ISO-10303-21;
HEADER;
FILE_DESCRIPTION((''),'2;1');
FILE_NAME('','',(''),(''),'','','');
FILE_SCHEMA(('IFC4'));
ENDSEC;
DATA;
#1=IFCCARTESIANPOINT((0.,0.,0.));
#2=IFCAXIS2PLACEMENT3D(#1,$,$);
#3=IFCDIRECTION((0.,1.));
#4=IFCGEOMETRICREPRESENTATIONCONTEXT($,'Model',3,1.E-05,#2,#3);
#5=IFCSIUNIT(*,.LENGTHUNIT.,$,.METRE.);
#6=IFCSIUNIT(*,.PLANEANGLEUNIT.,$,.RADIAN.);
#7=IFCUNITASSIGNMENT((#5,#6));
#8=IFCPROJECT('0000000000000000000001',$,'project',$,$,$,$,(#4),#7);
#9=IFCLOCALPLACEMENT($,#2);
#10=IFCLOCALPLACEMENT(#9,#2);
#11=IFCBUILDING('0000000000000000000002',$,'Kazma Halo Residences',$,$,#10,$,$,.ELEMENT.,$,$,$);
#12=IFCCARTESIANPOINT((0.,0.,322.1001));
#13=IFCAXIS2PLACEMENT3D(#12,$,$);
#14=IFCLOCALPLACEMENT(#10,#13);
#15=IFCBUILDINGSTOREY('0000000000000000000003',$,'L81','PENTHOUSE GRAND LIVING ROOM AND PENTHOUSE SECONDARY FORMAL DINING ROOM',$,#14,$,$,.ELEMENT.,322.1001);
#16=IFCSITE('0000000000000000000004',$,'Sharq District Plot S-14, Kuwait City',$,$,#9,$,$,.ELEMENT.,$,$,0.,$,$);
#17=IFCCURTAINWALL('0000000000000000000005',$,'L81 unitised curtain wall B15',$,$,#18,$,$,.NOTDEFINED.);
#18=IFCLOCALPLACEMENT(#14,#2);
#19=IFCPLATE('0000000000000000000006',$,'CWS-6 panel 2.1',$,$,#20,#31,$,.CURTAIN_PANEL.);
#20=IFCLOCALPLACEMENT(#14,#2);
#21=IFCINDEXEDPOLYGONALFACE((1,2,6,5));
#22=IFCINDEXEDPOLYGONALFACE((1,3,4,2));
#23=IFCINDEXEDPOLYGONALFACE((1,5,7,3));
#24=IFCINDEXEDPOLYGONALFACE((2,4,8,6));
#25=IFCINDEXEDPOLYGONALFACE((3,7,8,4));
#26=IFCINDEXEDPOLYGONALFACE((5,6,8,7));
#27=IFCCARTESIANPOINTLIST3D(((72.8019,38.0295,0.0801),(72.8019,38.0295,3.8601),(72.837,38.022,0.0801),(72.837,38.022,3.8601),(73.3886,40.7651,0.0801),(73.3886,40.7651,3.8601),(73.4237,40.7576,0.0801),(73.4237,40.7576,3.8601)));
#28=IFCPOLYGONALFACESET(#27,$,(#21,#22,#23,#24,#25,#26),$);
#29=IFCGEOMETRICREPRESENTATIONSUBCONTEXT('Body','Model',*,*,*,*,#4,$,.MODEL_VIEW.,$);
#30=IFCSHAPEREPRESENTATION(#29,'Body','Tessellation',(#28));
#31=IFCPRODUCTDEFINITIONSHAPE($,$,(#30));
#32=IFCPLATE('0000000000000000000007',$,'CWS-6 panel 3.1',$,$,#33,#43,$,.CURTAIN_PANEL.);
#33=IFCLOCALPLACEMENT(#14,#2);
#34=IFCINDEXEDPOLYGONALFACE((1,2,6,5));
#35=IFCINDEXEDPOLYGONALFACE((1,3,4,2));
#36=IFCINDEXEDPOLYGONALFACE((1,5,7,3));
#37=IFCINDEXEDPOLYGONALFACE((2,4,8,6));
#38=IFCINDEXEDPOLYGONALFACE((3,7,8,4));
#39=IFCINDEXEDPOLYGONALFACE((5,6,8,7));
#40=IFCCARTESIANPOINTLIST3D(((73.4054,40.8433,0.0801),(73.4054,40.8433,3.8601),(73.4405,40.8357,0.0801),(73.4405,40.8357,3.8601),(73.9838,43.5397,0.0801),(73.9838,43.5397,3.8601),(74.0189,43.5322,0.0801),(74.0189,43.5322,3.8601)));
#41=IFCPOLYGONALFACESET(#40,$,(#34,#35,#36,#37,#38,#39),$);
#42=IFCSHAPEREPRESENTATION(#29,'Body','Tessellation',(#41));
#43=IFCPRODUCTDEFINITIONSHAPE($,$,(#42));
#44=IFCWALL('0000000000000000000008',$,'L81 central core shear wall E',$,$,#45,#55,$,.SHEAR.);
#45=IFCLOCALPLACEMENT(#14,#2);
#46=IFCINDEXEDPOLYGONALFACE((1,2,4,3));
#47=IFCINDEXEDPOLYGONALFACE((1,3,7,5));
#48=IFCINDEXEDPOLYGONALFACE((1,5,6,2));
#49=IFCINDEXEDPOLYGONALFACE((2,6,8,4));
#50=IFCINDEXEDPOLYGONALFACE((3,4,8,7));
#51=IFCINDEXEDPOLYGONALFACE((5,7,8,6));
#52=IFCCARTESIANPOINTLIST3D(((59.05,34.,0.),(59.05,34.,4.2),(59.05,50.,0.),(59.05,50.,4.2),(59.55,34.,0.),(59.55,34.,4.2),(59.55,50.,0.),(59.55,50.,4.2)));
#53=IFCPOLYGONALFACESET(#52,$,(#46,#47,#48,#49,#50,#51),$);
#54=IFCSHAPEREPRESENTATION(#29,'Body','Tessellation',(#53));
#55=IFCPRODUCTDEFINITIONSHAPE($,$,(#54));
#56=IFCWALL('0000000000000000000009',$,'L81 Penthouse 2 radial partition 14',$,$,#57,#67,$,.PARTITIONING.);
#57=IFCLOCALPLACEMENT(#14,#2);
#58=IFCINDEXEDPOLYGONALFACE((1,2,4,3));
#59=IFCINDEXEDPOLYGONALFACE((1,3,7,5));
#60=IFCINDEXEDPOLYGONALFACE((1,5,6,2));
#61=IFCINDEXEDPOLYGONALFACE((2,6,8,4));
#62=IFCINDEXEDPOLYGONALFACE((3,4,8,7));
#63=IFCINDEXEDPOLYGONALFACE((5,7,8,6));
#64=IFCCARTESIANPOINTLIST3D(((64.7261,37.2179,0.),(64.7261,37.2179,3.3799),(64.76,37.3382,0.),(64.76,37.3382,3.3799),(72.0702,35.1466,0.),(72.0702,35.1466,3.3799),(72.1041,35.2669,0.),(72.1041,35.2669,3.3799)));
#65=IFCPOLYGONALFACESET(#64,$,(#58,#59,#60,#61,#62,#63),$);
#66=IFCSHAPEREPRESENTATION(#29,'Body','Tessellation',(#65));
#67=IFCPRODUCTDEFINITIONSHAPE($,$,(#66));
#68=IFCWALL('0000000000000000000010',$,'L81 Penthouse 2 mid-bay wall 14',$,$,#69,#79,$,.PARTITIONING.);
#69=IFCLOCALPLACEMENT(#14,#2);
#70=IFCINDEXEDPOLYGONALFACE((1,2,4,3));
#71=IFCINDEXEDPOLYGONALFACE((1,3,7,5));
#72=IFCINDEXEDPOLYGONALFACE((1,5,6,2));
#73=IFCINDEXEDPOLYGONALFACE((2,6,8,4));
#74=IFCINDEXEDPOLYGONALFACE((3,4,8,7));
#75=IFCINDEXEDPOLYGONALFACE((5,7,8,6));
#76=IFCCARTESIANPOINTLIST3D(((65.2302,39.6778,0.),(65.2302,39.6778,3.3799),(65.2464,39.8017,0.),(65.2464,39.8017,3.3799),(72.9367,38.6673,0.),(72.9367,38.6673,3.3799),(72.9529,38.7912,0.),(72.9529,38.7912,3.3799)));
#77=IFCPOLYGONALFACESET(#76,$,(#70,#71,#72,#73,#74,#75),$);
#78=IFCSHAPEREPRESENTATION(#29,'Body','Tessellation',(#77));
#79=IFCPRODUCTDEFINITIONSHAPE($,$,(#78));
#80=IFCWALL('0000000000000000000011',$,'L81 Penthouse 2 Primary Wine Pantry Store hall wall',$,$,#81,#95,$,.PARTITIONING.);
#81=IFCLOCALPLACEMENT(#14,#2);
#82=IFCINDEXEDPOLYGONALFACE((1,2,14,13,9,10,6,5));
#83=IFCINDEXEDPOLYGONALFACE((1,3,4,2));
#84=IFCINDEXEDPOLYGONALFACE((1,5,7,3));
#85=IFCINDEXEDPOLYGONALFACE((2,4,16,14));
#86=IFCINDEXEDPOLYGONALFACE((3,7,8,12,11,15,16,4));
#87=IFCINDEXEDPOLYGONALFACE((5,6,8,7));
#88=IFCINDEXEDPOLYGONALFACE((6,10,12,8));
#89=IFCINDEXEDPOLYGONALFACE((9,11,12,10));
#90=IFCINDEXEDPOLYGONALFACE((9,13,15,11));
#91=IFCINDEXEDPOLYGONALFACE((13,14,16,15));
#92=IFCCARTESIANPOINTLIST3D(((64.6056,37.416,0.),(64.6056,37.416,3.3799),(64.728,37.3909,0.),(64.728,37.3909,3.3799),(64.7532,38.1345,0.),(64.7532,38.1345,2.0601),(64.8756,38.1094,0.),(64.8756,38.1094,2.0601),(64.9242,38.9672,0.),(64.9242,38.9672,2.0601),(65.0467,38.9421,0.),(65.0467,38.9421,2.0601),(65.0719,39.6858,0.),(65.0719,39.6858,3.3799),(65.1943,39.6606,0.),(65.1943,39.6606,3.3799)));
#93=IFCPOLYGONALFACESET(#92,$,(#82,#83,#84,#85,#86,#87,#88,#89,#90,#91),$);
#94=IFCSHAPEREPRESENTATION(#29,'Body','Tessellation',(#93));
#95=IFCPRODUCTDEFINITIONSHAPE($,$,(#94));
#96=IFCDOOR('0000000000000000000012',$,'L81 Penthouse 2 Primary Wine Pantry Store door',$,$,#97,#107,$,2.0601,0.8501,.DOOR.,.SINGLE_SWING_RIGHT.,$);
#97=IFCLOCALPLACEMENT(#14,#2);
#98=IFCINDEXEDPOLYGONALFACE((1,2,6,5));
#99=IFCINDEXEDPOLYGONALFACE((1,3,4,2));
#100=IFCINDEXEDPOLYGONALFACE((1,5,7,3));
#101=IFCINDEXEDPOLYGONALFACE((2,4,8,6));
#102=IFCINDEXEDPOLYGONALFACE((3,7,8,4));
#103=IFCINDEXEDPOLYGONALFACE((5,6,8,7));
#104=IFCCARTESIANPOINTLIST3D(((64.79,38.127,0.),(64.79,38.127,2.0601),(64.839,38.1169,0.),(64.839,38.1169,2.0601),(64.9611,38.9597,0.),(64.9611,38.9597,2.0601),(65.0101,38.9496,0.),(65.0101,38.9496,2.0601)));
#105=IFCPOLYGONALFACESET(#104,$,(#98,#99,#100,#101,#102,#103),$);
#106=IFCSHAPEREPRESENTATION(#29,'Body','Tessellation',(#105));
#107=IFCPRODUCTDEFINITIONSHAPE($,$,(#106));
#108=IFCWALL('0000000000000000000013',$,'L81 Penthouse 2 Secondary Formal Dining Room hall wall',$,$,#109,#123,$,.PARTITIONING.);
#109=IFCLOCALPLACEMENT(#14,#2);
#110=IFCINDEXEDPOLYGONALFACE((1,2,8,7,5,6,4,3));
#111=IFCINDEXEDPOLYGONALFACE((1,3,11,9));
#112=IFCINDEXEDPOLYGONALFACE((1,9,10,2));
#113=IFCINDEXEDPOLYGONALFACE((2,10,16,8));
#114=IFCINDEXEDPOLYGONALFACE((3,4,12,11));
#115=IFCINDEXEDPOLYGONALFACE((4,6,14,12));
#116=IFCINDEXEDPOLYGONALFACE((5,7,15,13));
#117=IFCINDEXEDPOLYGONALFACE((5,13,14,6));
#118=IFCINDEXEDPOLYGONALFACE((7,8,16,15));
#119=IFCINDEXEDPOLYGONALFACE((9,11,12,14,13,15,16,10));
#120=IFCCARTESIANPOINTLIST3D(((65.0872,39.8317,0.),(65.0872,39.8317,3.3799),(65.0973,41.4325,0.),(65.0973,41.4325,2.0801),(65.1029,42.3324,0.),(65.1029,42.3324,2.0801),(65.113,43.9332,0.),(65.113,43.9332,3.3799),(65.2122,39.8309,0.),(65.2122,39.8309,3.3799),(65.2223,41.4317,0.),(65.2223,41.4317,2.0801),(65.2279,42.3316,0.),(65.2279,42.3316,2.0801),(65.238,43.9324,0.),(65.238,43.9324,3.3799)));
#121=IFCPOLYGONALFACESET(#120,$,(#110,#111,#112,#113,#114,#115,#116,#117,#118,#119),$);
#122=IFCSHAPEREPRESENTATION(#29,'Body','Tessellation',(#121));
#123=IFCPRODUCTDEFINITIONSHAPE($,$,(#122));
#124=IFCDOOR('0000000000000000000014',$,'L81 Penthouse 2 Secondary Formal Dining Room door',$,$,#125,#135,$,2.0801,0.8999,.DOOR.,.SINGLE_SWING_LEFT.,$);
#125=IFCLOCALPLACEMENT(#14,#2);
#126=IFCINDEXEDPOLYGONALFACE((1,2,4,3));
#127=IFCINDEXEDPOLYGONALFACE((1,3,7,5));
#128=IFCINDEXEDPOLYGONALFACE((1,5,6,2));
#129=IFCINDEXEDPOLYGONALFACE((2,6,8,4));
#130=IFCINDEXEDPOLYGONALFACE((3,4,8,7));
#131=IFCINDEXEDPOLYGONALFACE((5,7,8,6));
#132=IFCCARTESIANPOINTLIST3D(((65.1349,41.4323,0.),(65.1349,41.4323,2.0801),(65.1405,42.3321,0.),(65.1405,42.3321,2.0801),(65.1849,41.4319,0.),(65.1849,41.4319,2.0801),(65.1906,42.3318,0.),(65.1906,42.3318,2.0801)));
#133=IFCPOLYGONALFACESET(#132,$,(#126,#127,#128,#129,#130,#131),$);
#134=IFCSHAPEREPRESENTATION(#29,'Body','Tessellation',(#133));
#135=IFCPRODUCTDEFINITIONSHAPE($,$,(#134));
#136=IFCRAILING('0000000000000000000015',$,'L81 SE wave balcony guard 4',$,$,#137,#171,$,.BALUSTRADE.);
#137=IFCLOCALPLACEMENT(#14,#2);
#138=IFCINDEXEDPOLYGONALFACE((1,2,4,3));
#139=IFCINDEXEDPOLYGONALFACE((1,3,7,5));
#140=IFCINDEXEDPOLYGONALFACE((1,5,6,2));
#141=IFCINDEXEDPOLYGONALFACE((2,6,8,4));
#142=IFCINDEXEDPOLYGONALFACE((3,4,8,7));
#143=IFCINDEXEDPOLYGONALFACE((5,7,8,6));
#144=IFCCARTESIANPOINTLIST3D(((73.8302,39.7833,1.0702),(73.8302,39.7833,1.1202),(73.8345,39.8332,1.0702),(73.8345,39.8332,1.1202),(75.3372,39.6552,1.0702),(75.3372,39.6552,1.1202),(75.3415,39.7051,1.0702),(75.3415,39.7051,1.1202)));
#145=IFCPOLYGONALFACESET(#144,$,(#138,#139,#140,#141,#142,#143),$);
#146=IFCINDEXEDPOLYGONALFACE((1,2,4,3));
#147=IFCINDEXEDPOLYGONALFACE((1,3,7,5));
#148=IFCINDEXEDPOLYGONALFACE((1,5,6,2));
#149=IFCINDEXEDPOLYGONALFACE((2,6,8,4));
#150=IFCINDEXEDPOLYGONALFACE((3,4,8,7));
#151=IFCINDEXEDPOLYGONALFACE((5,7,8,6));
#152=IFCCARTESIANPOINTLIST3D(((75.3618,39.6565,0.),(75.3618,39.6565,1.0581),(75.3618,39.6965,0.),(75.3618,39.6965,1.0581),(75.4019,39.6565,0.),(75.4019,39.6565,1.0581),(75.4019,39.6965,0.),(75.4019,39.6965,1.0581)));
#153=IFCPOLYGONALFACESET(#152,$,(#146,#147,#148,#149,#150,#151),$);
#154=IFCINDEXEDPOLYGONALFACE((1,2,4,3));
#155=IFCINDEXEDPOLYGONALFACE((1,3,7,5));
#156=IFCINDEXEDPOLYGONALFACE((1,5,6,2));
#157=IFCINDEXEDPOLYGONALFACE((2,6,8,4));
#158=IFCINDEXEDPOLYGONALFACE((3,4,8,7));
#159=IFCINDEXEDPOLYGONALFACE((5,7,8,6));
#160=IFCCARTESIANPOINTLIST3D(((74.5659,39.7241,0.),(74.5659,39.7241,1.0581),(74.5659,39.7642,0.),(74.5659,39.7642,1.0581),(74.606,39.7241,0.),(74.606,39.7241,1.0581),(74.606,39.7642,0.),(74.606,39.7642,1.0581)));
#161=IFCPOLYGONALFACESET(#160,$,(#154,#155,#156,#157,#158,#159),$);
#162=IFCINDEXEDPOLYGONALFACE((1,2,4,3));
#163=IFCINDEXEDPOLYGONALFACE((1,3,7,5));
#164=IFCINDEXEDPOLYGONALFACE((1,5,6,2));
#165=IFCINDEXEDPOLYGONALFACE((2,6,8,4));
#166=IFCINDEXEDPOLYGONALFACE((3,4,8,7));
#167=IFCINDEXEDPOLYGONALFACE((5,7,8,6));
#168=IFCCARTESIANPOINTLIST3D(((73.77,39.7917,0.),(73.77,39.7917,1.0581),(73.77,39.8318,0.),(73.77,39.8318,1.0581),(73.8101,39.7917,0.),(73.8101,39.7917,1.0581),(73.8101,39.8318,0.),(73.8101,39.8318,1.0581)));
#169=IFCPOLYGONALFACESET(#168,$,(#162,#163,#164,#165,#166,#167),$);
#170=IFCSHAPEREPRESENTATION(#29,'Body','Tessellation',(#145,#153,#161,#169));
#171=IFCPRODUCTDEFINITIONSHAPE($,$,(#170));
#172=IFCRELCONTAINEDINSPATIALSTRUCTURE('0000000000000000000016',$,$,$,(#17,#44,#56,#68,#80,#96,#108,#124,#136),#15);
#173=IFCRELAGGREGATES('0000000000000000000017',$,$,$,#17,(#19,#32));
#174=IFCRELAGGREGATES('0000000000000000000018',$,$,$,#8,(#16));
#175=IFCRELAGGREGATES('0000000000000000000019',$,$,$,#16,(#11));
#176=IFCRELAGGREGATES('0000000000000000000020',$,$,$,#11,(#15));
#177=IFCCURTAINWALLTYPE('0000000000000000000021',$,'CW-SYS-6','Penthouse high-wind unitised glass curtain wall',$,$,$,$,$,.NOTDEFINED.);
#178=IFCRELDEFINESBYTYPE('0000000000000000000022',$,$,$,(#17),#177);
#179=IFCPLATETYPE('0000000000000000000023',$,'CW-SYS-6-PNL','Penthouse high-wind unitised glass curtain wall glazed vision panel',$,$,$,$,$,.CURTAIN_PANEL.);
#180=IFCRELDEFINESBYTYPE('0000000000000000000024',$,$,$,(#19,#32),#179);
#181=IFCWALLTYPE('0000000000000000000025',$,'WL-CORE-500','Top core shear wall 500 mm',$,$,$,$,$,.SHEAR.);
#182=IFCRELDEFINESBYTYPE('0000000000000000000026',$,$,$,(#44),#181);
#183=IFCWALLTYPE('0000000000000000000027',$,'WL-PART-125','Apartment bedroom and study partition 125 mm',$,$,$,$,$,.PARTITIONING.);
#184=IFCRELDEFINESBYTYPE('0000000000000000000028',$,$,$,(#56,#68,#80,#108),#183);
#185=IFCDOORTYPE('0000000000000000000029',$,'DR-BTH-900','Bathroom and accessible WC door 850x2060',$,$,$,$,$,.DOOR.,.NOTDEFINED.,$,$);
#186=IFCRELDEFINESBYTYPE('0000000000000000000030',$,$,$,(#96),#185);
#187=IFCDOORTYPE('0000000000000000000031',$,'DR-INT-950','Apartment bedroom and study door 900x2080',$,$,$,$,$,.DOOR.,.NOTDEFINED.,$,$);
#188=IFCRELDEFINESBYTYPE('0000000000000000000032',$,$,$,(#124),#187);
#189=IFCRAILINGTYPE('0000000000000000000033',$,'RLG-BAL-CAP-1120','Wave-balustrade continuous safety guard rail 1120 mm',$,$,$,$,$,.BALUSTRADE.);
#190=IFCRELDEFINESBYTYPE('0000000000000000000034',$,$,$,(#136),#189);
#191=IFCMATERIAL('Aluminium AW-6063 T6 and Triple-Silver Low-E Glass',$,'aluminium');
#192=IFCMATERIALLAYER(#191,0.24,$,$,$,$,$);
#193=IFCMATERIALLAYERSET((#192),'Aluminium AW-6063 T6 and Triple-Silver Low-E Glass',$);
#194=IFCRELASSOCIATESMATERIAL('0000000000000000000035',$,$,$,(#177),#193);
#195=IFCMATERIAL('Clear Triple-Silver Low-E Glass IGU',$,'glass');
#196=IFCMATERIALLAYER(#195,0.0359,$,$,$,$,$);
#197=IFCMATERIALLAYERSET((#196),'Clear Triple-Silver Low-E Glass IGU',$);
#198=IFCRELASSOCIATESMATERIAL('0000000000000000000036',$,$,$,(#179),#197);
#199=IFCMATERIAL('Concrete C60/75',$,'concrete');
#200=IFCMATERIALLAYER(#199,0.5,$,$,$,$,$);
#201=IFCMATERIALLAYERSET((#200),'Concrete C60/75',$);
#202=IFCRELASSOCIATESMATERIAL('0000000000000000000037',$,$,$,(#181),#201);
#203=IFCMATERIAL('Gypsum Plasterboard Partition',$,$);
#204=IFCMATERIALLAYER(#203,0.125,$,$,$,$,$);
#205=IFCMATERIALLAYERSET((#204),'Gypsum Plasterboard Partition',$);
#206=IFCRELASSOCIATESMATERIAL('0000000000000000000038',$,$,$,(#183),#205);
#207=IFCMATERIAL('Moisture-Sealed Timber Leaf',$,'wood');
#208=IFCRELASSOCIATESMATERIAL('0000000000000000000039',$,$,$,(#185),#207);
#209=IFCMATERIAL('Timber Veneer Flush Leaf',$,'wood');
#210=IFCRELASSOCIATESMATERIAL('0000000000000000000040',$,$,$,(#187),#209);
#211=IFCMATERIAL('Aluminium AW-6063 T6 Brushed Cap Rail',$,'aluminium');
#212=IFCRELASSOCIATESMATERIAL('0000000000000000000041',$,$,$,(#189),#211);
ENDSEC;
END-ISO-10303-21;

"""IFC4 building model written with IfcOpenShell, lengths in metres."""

from ifc_helpers import new_model, si_unit, direction, frame, frame_2d, origin, origin_2d, place, context, subcontext, project, spatial, rectangle, extrude, material, layer, layer_set, type_object, element, fill, aggregate, save


model = new_model("IFC4")

# Units and contexts
model_context = context("Model", 3, precision=1e-05, world=origin(), true_north=direction((0.0, 1.0)))
body_context = subcontext(model_context, "Body", "Model", "MODEL_VIEW")
ifc_project = project(units=[si_unit("LENGTHUNIT", "METRE"), si_unit("PLANEANGLEUNIT", "RADIAN")], contexts=[model_context])

# Site, building, storey
site_placement = place(None, origin())
site = spatial("IfcSite", under=ifc_project, at=site_placement, Name="Sharq District Plot S-14, Kuwait City", CompositionType="ELEMENT", RefElevation=0.0)
building_placement = place(site_placement, origin())
building = spatial("IfcBuilding", under=site, at=building_placement, Name="Kazma Halo Residences", CompositionType="ELEMENT")
storey_placement = place(building_placement, frame((0.0, 0.0, 322.1001)))
storey = spatial("IfcBuildingStorey", under=building, at=storey_placement, Name="L81", Description="PENTHOUSE GRAND LIVING ROOM AND PENTHOUSE SECONDARY FORMAL DINING ROOM", CompositionType="ELEMENT", Elevation=322.1001)

# Shared definitions
ifc_material_1 = material(Name="Concrete C60/75", Category="concrete")

# Curtain wall, plates
ifc_material_2 = material(Name="Aluminium AW-6063 T6 and Triple-Silver Low-E Glass", Category="aluminium")
ifc_layer_1 = layer(ifc_material_2, 0.24)
ifc_layer_set_1 = layer_set([ifc_layer_1], Name="Aluminium AW-6063 T6 and Triple-Silver Low-E Glass")
curtain_wall_type = type_object("IfcCurtainWallType", Name="CW-SYS-6", Description="Penthouse high-wind unitised glass curtain wall", PredefinedType="NOTDEFINED", material=ifc_layer_set_1)
curtain_wall_placement = place(storey_placement, origin())
curtain_wall = element("IfcCurtainWall", 1, at=curtain_wall_placement, inside=storey, type_object=curtain_wall_type, Name="L81 unitised curtain wall B15", PredefinedType="NOTDEFINED")
ifc_material_3 = material(Name="Clear Triple-Silver Low-E Glass IGU", Category="glass")
ifc_layer_2 = layer(ifc_material_3, 0.0359)
ifc_layer_set_2 = layer_set([ifc_layer_2], Name="Clear Triple-Silver Low-E Glass IGU")
plate_type = type_object("IfcPlateType", Name="CW-SYS-6-PNL", Description="Penthouse high-wind unitised glass curtain wall glazed vision panel", PredefinedType="CURTAIN_PANEL", material=ifc_layer_set_2)
plate_1_placement = place(storey_placement, frame((73.1128, 39.3936, 0.0801), z_axis=(0.0, 0.0, 1.0), x_axis=(0.209723, 0.977761, 0.0)))
plate_1 = element("IfcPlate", 2, at=plate_1_placement, type_object=plate_type, Name="CWS-6 panel 2.1", PredefinedType="CURTAIN_PANEL", context=body_context, shape_type="SweptSolid", body=[
    extrude(rectangle(XDim=2.7979, YDim=0.0359, at=origin_2d()), origin(), (0.0, 0.0, 1.0), 3.78),
])
plate_2_placement = place(storey_placement, frame((73.7122, 42.1877, 0.0801), z_axis=(0.0, 0.0, 1.0), x_axis=(0.209723, 0.977761, 0.0)))
plate_2 = element("IfcPlate", 3, at=plate_2_placement, type_object=plate_type, Name="CWS-6 panel 3.1", PredefinedType="CURTAIN_PANEL", context=body_context, shape_type="SweptSolid", body=[
    extrude(rectangle(XDim=2.7578, YDim=0.0359, at=origin_2d()), origin(), (0.0, 0.0, 1.0), 3.78),
])
aggregate(curtain_wall, [plate_1, plate_2])

# Walls
ifc_layer_3 = layer(ifc_material_1, 0.5)
ifc_layer_set_3 = layer_set([ifc_layer_3], Name="Concrete C60/75")
wall_type_1 = type_object("IfcWallType", Name="WL-CORE-500", Description="Top core shear wall 500 mm", PredefinedType="SHEAR", material=ifc_layer_set_3)
wall_1_placement = place(storey_placement, frame((59.3, 34.0, 0.0), z_axis=(0.0, 0.0, 1.0), x_axis=(0.0, 1.0, 0.0)))
element("IfcWall", 4, at=wall_1_placement, inside=storey, type_object=wall_type_1, Name="L81 central core shear wall E", PredefinedType="SHEAR", context=body_context, shape_type="SweptSolid", body=[
    extrude(rectangle(XDim=16.0, YDim=0.5, at=frame_2d((8.0, 0.0))), origin(), (0.0, 0.0, 1.0), 4.2),
])
ifc_material_4 = material(Name="Gypsum Plasterboard Partition")
ifc_layer_4 = layer(ifc_material_4, 0.125)
ifc_layer_set_4 = layer_set([ifc_layer_4], Name="Gypsum Plasterboard Partition")
wall_type_2 = type_object("IfcWallType", Name="WL-PART-125", Description="Apartment bedroom and study partition 125 mm", PredefinedType="PARTITIONING", material=ifc_layer_set_4)
wall_2_placement = place(storey_placement, frame((64.7429, 37.2781, 0.0), z_axis=(0.0, 0.0, 1.0), x_axis=(0.962455, -0.27144, 0.0)))
element("IfcWall", 5, at=wall_2_placement, inside=storey, type_object=wall_type_2, Name="L81 Penthouse 2 radial partition 14", PredefinedType="PARTITIONING", context=body_context, shape_type="SweptSolid", body=[
    extrude(rectangle(XDim=7.6306, YDim=0.125, at=frame_2d((3.8154, 0.0))), origin(), (0.0, 0.0, 1.0), 3.3799),
])
wall_3_placement = place(storey_placement, frame((65.2383, 39.7397, 0.0), z_axis=(0.0, 0.0, 1.0), x_axis=(0.991513, -0.130009, 0.0)))
element("IfcWall", 6, at=wall_3_placement, inside=storey, type_object=wall_type_2, Name="L81 Penthouse 2 mid-bay wall 14", PredefinedType="PARTITIONING", context=body_context, shape_type="SweptSolid", body=[
    extrude(rectangle(XDim=7.7725, YDim=0.125, at=frame_2d((3.8862, 0.0))), origin(), (0.0, 0.0, 1.0), 3.3799),
])

# Walls, openings, doors
wall_4_placement = place(storey_placement, frame((64.6667, 37.4033, 0.0), z_axis=(0.0, 0.0, 1.0), x_axis=(0.20124, 0.979542, 0.0)))
wall_4 = element("IfcWall", 7, at=wall_4_placement, inside=storey, type_object=wall_type_2, Name="L81 Penthouse 2 Primary Wine Pantry Store hall wall", PredefinedType="PARTITIONING", context=body_context, shape_type="SweptSolid", body=[
    extrude(rectangle(XDim=2.3171, YDim=0.125, at=frame_2d((1.1587, 0.0))), origin(), (0.0, 0.0, 1.0), 3.3799),
])
opening_1_placement = place(wall_4_placement, frame((0.7336, 0.0, 0.0)))
opening_1 = element("IfcOpeningElement", 8, at=opening_1_placement, cuts=wall_4, PredefinedType="OPENING", context=body_context, shape_type="SweptSolid", body=[
    extrude(rectangle(XDim=0.8501, YDim=2.0601, at=frame_2d((0.425, 1.03))), frame((0.0, 0.0725, 0.0), z_axis=(0.0, -1.0, 0.0), x_axis=(1.0, 0.0, 0.0)), (0.0, 0.0, 1.0), 0.145),
])
ifc_material_5 = material(Name="Moisture-Sealed Timber Leaf", Category="wood")
door_type_1 = type_object("IfcDoorType", Name="DR-BTH-900", Description="Bathroom and accessible WC door 850x2060", OperationType="NOTDEFINED", PredefinedType="DOOR", material=ifc_material_5)
door_1_placement = place(opening_1_placement, origin())
door_1 = element("IfcDoor", 9, at=door_1_placement, inside=storey, type_object=door_type_1, Name="L81 Penthouse 2 Primary Wine Pantry Store door", OperationType="SINGLE_SWING_RIGHT", OverallHeight=2.0601, OverallWidth=0.8501, PredefinedType="DOOR", context=body_context, shape_type="SweptSolid", body=[
    extrude(rectangle(XDim=0.8501, YDim=2.0601, at=frame_2d((0.425, 1.03))), frame((0.0, 0.0249, 0.0), z_axis=(0.0, -1.0, 0.0), x_axis=(1.0, 0.0, 0.0)), (0.0, 0.0, 1.0), 0.05),
])
fill(opening_1, door_1)
wall_5_placement = place(storey_placement, frame((65.1497, 39.8313, 0.0), z_axis=(0.0, 0.0, 1.0), x_axis=(0.006309, 0.99998, 0.0)))
wall_5 = element("IfcWall", 10, at=wall_5_placement, inside=storey, type_object=wall_type_2, Name="L81 Penthouse 2 Secondary Formal Dining Room hall wall", PredefinedType="PARTITIONING", context=body_context, shape_type="SweptSolid", body=[
    extrude(rectangle(XDim=4.1016, YDim=0.125, at=frame_2d((2.0508, 0.0))), origin(), (0.0, 0.0, 1.0), 3.3799),
])
opening_2_placement = place(wall_5_placement, frame((1.6008, 0.0, 0.0)))
opening_2 = element("IfcOpeningElement", 11, at=opening_2_placement, cuts=wall_5, PredefinedType="OPENING", context=body_context, shape_type="SweptSolid", body=[
    extrude(rectangle(XDim=0.8999, YDim=2.0801, at=frame_2d((0.45, 1.04))), frame((0.0, 0.0725, 0.0), z_axis=(0.0, -1.0, 0.0), x_axis=(1.0, 0.0, 0.0)), (0.0, 0.0, 1.0), 0.145),
])
ifc_material_6 = material(Name="Timber Veneer Flush Leaf", Category="wood")
door_type_2 = type_object("IfcDoorType", Name="DR-INT-950", Description="Apartment bedroom and study door 900x2080", OperationType="NOTDEFINED", PredefinedType="DOOR", material=ifc_material_6)
door_2_placement = place(opening_2_placement, origin())
door_2 = element("IfcDoor", 12, at=door_2_placement, inside=storey, type_object=door_type_2, Name="L81 Penthouse 2 Secondary Formal Dining Room door", OperationType="SINGLE_SWING_LEFT", OverallHeight=2.0801, OverallWidth=0.8999, PredefinedType="DOOR", context=body_context, shape_type="SweptSolid", body=[
    extrude(rectangle(XDim=0.8999, YDim=2.0801, at=frame_2d((0.45, 1.04))), frame((0.0, 0.0249, 0.0), z_axis=(0.0, -1.0, 0.0), x_axis=(1.0, 0.0, 0.0)), (0.0, 0.0, 1.0), 0.05),
])
fill(opening_2, door_2)

# Railing
ifc_material_7 = material(Name="Aluminium AW-6063 T6 Brushed Cap Rail", Category="aluminium")
railing_type = type_object("IfcRailingType", Name="RLG-BAL-CAP-1120", Description="Wave-balustrade continuous safety guard rail 1120 mm", PredefinedType="BALUSTRADE", material=ifc_material_7)
railing_placement = place(storey_placement, frame((75.3818, 39.6765, 0.0)))
element("IfcRailing", 13, at=railing_placement, inside=storey, type_object=railing_type, Name="L81 SE wave balcony guard 4", PredefinedType="BALUSTRADE", context=body_context, shape_type="SweptSolid", body=[
    extrude(rectangle(XDim=0.05, YDim=0.05, at=origin_2d()), frame((-0.0425, 0.0037, 1.0952), z_axis=(-0.99641, 0.084664, 0.0), x_axis=(-0.084664, -0.99641, 0.0)), (0.0, 0.0, 1.0), 1.5125),
    extrude(rectangle(XDim=0.04, YDim=0.04, at=origin_2d()), origin(), (0.0, 0.0, 1.0), 1.0581),
    extrude(rectangle(XDim=0.04, YDim=0.04, at=origin_2d()), frame((-0.7959, 0.0676, 0.0)), (0.0, 0.0, 1.0), 1.0581),
    extrude(rectangle(XDim=0.04, YDim=0.04, at=origin_2d()), frame((-1.5918, 0.1353, 0.0)), (0.0, 0.0, 1.0), 1.0581),
])

save(model, "model.ifc")
